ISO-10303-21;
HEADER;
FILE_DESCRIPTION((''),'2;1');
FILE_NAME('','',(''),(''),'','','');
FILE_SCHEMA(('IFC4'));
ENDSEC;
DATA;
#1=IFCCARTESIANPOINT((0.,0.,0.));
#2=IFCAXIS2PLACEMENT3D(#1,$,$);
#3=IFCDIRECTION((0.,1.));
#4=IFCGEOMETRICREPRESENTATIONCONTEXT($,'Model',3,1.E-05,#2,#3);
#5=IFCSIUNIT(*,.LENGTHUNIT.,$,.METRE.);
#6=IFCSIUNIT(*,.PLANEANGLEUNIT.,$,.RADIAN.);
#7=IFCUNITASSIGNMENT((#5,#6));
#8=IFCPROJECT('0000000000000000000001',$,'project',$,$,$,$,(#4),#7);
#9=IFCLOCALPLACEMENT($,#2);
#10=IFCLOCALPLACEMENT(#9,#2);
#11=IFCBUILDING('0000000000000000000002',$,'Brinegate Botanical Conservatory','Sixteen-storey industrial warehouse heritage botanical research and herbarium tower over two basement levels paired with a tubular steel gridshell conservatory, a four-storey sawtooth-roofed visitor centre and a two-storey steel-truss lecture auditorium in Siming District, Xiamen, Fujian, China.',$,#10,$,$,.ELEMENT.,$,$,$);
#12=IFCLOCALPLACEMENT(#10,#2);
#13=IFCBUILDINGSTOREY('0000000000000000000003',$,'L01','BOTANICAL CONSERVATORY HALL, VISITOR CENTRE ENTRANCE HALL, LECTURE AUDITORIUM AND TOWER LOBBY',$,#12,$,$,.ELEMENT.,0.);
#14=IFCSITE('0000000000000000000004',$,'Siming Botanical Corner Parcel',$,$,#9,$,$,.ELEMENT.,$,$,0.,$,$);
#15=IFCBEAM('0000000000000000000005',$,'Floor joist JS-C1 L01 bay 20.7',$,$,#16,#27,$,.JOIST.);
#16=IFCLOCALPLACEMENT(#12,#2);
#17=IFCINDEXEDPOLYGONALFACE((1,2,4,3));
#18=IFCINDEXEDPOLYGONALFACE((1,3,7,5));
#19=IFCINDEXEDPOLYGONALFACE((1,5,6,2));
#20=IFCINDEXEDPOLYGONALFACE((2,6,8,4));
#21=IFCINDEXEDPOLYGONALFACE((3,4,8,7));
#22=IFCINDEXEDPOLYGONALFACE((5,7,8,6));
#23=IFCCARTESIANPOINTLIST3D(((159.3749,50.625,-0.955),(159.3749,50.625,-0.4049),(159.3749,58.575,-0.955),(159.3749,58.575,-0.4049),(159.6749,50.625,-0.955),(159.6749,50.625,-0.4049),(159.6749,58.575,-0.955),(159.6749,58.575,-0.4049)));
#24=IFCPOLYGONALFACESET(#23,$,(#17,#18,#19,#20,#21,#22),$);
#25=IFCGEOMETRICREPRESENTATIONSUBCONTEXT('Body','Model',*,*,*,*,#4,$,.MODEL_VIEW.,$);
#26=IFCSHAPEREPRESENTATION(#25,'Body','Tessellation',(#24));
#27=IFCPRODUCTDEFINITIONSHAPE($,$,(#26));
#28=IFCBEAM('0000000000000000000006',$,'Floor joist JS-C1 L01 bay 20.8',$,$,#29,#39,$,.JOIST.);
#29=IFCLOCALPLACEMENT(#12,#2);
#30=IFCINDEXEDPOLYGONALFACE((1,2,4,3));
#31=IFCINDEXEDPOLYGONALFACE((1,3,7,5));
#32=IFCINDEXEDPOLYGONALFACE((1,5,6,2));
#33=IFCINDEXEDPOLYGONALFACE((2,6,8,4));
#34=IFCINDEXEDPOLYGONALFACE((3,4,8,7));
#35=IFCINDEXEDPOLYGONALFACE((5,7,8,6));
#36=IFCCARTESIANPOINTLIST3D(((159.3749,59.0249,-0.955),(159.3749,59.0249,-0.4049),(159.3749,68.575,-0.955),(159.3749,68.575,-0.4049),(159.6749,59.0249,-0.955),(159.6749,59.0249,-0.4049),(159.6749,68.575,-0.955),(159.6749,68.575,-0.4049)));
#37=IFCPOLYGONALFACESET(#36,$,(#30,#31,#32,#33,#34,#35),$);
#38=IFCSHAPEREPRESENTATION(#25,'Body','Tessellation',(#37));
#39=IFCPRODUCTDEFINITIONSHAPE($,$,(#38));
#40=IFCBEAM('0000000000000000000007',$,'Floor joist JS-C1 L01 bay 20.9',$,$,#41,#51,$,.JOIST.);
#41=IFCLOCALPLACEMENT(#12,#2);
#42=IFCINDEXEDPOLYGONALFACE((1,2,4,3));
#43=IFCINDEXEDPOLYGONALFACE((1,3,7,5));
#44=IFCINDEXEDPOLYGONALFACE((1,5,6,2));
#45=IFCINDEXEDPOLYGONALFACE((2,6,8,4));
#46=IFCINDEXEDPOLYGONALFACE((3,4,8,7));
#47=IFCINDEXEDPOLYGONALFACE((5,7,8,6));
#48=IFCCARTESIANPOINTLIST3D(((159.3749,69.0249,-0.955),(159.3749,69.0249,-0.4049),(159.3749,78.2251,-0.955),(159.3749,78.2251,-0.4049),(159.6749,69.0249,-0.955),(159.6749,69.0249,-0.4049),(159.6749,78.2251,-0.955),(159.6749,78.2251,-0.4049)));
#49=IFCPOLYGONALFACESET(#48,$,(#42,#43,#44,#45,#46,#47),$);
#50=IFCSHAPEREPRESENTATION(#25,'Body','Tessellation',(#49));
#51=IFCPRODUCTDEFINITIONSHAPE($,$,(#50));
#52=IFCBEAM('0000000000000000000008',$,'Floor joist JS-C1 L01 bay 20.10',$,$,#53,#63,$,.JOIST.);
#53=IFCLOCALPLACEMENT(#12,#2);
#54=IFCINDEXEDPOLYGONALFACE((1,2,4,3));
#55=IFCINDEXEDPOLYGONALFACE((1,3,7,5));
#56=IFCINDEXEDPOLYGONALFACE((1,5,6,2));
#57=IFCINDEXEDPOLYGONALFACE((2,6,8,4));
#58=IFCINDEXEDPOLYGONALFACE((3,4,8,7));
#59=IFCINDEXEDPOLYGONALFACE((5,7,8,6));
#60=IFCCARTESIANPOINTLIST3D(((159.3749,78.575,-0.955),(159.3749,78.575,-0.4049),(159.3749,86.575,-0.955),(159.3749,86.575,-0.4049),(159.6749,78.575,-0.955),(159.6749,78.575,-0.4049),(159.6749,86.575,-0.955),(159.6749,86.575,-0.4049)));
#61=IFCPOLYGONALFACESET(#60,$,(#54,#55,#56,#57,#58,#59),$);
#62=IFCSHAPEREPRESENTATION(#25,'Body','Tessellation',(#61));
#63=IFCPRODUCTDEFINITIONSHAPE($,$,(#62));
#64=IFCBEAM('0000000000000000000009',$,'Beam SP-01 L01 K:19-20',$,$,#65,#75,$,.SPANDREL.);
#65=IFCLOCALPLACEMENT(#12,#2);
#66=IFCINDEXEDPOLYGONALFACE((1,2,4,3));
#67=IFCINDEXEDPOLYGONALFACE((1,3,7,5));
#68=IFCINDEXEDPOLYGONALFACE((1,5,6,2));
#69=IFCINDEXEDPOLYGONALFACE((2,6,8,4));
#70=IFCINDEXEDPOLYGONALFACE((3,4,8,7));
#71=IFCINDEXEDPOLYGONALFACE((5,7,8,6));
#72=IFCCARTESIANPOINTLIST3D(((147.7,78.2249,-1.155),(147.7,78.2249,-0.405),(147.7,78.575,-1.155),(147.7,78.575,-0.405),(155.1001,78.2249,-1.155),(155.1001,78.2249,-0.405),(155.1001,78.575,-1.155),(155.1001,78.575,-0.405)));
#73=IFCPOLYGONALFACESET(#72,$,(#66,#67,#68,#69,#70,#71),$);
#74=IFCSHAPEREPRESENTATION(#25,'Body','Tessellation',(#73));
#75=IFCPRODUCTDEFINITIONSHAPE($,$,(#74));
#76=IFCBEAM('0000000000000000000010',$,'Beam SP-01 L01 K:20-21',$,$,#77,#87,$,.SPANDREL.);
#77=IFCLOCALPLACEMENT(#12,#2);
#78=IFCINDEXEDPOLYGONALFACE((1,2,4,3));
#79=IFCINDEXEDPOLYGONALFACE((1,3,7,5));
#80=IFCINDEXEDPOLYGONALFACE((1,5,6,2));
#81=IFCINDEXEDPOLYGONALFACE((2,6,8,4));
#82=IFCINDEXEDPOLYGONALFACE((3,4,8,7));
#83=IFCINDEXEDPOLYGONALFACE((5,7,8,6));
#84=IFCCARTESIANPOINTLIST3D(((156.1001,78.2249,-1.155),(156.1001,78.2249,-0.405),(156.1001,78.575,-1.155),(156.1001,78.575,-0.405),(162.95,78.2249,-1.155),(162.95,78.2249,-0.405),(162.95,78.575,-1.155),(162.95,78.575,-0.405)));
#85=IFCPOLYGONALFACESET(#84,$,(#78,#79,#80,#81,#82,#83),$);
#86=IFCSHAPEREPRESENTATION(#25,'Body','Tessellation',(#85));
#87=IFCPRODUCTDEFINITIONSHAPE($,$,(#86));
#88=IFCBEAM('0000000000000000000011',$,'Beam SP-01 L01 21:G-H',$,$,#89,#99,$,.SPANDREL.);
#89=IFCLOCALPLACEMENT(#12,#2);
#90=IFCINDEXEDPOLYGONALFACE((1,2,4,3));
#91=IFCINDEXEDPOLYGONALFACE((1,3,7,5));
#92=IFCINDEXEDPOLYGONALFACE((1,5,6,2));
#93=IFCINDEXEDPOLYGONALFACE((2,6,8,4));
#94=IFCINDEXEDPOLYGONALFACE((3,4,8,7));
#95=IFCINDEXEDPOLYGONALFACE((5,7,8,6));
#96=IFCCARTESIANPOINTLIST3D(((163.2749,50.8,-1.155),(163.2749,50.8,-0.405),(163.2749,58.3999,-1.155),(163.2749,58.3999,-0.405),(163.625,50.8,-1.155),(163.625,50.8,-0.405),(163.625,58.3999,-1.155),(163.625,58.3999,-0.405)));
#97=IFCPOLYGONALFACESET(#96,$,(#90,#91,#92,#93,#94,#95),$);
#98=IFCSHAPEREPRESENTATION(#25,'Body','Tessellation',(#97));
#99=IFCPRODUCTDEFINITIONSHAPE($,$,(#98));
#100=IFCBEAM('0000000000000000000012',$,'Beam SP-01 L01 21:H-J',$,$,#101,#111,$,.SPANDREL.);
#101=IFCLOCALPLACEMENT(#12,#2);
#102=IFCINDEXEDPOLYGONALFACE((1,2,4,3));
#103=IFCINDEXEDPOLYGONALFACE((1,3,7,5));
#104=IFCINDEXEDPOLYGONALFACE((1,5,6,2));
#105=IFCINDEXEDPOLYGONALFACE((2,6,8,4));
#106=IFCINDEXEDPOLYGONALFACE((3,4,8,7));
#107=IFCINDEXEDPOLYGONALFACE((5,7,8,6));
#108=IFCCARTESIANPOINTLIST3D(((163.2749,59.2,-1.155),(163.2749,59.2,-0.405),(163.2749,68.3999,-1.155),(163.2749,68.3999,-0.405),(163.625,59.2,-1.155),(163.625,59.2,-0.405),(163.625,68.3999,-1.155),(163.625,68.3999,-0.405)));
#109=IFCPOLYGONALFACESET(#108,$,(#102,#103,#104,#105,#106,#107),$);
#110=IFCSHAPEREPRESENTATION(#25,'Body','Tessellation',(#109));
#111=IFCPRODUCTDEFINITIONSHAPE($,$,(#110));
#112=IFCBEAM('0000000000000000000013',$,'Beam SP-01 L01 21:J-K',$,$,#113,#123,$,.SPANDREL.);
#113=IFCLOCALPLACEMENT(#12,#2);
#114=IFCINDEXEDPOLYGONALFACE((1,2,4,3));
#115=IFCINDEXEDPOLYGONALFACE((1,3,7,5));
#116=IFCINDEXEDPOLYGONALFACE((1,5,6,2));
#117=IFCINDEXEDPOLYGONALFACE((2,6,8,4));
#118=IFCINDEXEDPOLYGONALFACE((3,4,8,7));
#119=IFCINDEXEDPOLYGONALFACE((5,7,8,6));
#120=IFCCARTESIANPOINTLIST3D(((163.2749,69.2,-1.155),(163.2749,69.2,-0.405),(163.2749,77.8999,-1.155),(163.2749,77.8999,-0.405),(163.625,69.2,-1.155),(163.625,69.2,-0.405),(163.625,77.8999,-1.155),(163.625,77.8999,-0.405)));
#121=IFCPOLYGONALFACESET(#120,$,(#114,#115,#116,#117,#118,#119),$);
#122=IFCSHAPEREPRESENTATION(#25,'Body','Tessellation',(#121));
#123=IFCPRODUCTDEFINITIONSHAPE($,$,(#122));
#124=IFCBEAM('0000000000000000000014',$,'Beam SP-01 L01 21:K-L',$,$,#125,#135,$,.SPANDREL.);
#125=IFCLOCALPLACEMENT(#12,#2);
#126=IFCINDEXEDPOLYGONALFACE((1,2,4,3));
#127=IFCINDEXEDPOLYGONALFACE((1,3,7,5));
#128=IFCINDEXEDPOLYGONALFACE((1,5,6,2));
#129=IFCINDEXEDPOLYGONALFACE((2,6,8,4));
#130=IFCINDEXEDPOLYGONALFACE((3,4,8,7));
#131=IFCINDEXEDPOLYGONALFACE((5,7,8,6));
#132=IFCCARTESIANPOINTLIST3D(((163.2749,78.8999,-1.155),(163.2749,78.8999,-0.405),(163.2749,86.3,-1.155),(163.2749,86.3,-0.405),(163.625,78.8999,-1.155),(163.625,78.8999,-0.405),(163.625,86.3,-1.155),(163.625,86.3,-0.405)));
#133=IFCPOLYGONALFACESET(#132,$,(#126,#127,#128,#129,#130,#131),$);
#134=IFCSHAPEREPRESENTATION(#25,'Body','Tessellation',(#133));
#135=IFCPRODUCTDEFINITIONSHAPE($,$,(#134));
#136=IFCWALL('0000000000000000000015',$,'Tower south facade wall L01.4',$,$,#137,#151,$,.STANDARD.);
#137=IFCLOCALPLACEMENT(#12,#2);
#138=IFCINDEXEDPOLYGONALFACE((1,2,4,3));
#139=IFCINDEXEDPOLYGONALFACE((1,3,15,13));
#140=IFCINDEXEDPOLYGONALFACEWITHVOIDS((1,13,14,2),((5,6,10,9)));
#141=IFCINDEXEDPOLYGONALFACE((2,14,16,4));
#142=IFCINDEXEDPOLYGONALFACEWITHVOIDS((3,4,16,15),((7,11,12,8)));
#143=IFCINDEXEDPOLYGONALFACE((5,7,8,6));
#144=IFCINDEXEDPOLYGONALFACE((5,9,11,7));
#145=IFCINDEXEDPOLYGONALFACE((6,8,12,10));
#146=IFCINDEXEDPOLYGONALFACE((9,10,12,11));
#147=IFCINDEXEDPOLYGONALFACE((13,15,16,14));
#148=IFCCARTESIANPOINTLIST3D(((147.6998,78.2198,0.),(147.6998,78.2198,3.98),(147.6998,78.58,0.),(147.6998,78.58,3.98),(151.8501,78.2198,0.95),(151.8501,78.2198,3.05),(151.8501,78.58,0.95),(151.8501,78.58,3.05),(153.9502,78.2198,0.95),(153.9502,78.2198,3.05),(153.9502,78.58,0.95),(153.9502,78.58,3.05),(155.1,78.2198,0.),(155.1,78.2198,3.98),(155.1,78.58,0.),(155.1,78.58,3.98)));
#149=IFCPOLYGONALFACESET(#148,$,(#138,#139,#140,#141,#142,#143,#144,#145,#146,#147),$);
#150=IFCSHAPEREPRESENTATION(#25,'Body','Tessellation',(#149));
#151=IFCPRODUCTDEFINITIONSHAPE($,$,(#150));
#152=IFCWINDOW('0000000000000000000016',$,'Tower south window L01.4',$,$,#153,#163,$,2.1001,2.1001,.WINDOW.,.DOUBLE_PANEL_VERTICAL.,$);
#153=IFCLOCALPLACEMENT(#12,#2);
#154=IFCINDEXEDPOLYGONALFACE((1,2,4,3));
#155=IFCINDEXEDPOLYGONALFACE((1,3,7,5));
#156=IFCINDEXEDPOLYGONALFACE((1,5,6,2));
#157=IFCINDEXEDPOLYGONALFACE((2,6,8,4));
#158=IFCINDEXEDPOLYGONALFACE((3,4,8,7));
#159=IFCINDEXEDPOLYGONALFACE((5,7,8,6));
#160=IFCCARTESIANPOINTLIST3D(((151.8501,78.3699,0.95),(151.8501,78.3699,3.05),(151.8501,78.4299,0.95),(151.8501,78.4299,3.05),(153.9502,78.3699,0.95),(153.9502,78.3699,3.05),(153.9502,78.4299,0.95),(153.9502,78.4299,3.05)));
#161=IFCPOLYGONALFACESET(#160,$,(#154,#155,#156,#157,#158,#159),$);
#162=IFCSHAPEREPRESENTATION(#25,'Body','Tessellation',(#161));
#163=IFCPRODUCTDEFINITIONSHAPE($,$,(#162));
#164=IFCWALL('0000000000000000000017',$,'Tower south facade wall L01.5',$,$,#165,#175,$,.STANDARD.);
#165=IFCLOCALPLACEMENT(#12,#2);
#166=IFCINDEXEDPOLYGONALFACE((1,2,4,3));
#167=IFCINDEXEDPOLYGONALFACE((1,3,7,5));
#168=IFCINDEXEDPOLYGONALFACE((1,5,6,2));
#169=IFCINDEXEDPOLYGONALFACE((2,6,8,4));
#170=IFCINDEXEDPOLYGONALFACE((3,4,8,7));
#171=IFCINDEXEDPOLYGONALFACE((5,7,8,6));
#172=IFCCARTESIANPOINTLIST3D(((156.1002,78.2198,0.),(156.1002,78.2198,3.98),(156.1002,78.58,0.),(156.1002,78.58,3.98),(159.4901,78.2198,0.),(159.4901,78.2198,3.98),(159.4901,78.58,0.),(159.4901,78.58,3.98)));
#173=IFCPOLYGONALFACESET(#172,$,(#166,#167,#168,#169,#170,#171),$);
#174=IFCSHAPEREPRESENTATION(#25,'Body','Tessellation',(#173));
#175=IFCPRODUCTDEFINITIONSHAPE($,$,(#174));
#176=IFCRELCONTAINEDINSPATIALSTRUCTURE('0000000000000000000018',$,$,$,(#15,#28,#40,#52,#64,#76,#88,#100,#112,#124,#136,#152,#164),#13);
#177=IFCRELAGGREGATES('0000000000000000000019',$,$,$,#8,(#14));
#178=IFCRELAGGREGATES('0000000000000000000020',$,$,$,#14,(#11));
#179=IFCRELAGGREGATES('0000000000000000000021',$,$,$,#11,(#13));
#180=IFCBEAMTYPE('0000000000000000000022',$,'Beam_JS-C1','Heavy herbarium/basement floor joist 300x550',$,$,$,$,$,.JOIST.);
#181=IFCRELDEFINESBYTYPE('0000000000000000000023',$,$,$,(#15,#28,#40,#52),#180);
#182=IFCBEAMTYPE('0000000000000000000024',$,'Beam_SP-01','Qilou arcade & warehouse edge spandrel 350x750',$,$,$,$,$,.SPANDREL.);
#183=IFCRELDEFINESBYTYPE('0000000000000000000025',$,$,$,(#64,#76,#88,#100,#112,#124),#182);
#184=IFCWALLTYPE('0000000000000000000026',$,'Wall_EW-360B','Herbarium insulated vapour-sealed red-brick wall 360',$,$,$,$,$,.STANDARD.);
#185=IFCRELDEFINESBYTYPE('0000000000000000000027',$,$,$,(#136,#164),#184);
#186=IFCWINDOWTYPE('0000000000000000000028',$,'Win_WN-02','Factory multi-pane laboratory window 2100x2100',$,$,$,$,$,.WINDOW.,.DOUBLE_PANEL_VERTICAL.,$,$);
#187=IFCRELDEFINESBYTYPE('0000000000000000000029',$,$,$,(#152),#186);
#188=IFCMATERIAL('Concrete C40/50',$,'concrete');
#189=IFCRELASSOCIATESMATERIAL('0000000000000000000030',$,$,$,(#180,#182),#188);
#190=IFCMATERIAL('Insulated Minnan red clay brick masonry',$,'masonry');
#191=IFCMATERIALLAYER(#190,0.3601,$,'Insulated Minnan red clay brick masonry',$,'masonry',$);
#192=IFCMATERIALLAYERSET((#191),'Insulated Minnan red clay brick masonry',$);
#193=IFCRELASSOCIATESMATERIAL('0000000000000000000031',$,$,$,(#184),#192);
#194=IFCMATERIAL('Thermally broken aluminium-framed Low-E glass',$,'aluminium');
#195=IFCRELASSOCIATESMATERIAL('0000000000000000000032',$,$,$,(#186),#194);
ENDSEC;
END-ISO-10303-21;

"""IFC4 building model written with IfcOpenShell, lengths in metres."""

from ifc_helpers import new_model, si_unit, direction, frame, frame_2d, origin, origin_2d, place, context, subcontext, project, spatial, rectangle, extrude, material, layer, layer_set, material_profile, profile_set, type_object, element, fill, save


model = new_model("IFC4")

# Units and contexts
model_context = context("Model", 3, precision=1e-05, world=origin(), true_north=direction((0.0, 1.0)))
body_context = subcontext(model_context, "Body", "Model", "MODEL_VIEW")
ifc_project = project(units=[si_unit("LENGTHUNIT", "METRE"), si_unit("PLANEANGLEUNIT", "RADIAN")], contexts=[model_context])

# Site, building, storey
site_placement = place(None, origin())
site = spatial("IfcSite", under=ifc_project, at=site_placement, Name="Siming Botanical Corner Parcel", CompositionType="ELEMENT", RefElevation=0.0)
building_placement = place(site_placement, origin())
building = spatial("IfcBuilding", under=site, at=building_placement, Name="Brinegate Botanical Conservatory", Description="Sixteen-storey industrial warehouse heritage botanical research and herbarium tower over two basement levels paired with a tubular steel gridshell conservatory, a four-storey sawtooth-roofed visitor centre and a two-storey steel-truss lecture auditorium in Siming District, Xiamen, Fujian, China.", CompositionType="ELEMENT")
storey_placement = place(building_placement, origin())
storey = spatial("IfcBuildingStorey", under=building, at=storey_placement, Name="L01", Description="BOTANICAL CONSERVATORY HALL, VISITOR CENTRE ENTRANCE HALL, LECTURE AUDITORIUM AND TOWER LOBBY", CompositionType="ELEMENT", Elevation=0.0)

# Shared definitions
ifc_material_1 = material(Name="Concrete C40/50", Category="concrete")

# Beams
ifc_material_profile_1 = material_profile(ifc_material_1, rectangle(XDim=0.3, YDim=0.55, at=origin_2d()), Name="RC JST 300x550")
ifc_profile_set_1 = profile_set([ifc_material_profile_1], Name="Concrete C40/50")
beam_type_1 = type_object("IfcBeamType", Name="Beam_JS-C1", Description="Heavy herbarium/basement floor joist 300x550", PredefinedType="JOIST", material=ifc_profile_set_1)
beam_1_placement = place(storey_placement, frame((159.5249, 50.625, -0.6799), z_axis=(0.0, 1.0, 0.0), x_axis=(-1.0, 0.0, 0.0)))
element("IfcBeam", 1, at=beam_1_placement, inside=storey, type_object=beam_type_1, Name="Floor joist JS-C1 L01 bay 20.7", PredefinedType="JOIST", context=body_context, shape_type="SweptSolid", body=[
    extrude(rectangle(XDim=0.3, YDim=0.55, at=origin_2d()), origin(), (0.0, 0.0, 1.0), 7.95),
])
beam_2_placement = place(storey_placement, frame((159.5249, 59.0249, -0.6799), z_axis=(0.0, 1.0, 0.0), x_axis=(-1.0, 0.0, 0.0)))
element("IfcBeam", 2, at=beam_2_placement, inside=storey, type_object=beam_type_1, Name="Floor joist JS-C1 L01 bay 20.8", PredefinedType="JOIST", context=body_context, shape_type="SweptSolid", body=[
    extrude(rectangle(XDim=0.3, YDim=0.55, at=origin_2d()), origin(), (0.0, 0.0, 1.0), 9.55),
])
beam_3_placement = place(storey_placement, frame((159.5249, 69.0249, -0.6799), z_axis=(0.0, 1.0, 0.0), x_axis=(-1.0, 0.0, 0.0)))
element("IfcBeam", 3, at=beam_3_placement, inside=storey, type_object=beam_type_1, Name="Floor joist JS-C1 L01 bay 20.9", PredefinedType="JOIST", context=body_context, shape_type="SweptSolid", body=[
    extrude(rectangle(XDim=0.3, YDim=0.55, at=origin_2d()), origin(), (0.0, 0.0, 1.0), 9.2002),
])
beam_4_placement = place(storey_placement, frame((159.5249, 78.575, -0.6799), z_axis=(0.0, 1.0, 0.0), x_axis=(-1.0, 0.0, 0.0)))
element("IfcBeam", 4, at=beam_4_placement, inside=storey, type_object=beam_type_1, Name="Floor joist JS-C1 L01 bay 20.10", PredefinedType="JOIST", context=body_context, shape_type="SweptSolid", body=[
    extrude(rectangle(XDim=0.3, YDim=0.55, at=origin_2d()), origin(), (0.0, 0.0, 1.0), 8.0),
])
ifc_material_profile_2 = material_profile(ifc_material_1, rectangle(XDim=0.3501, YDim=0.75, at=origin_2d()), Name="RC SPN 350x750")
ifc_profile_set_2 = profile_set([ifc_material_profile_2], Name="Concrete C40/50")
beam_type_2 = type_object("IfcBeamType", Name="Beam_SP-01", Description="Qilou arcade & warehouse edge spandrel 350x750", PredefinedType="SPANDREL", material=ifc_profile_set_2)
beam_5_placement = place(storey_placement, frame((147.7, 78.3999, -0.78), z_axis=(1.0, 0.0, 0.0), x_axis=(0.0, 1.0, 0.0)))
element("IfcBeam", 5, at=beam_5_placement, inside=storey, type_object=beam_type_2, Name="Beam SP-01 L01 K:19-20", PredefinedType="SPANDREL", context=body_context, shape_type="SweptSolid", body=[
    extrude(rectangle(XDim=0.3501, YDim=0.75, at=origin_2d()), origin(), (0.0, 0.0, 1.0), 7.4001),
])
beam_6_placement = place(storey_placement, frame((156.1001, 78.3999, -0.78), z_axis=(1.0, 0.0, 0.0), x_axis=(0.0, 1.0, 0.0)))
element("IfcBeam", 6, at=beam_6_placement, inside=storey, type_object=beam_type_2, Name="Beam SP-01 L01 K:20-21", PredefinedType="SPANDREL", context=body_context, shape_type="SweptSolid", body=[
    extrude(rectangle(XDim=0.3501, YDim=0.75, at=origin_2d()), origin(), (0.0, 0.0, 1.0), 6.8499),
])
beam_7_placement = place(storey_placement, frame((163.45, 50.8, -0.78), z_axis=(0.0, 1.0, 0.0), x_axis=(-1.0, 0.0, 0.0)))
element("IfcBeam", 7, at=beam_7_placement, inside=storey, type_object=beam_type_2, Name="Beam SP-01 L01 21:G-H", PredefinedType="SPANDREL", context=body_context, shape_type="SweptSolid", body=[
    extrude(rectangle(XDim=0.3501, YDim=0.75, at=origin_2d()), origin(), (0.0, 0.0, 1.0), 7.5999),
])
beam_8_placement = place(storey_placement, frame((163.45, 59.2, -0.78), z_axis=(0.0, 1.0, 0.0), x_axis=(-1.0, 0.0, 0.0)))
element("IfcBeam", 8, at=beam_8_placement, inside=storey, type_object=beam_type_2, Name="Beam SP-01 L01 21:H-J", PredefinedType="SPANDREL", context=body_context, shape_type="SweptSolid", body=[
    extrude(rectangle(XDim=0.3501, YDim=0.75, at=origin_2d()), origin(), (0.0, 0.0, 1.0), 9.2),
])
beam_9_placement = place(storey_placement, frame((163.45, 69.2, -0.78), z_axis=(0.0, 1.0, 0.0), x_axis=(-1.0, 0.0, 0.0)))
element("IfcBeam", 9, at=beam_9_placement, inside=storey, type_object=beam_type_2, Name="Beam SP-01 L01 21:J-K", PredefinedType="SPANDREL", context=body_context, shape_type="SweptSolid", body=[
    extrude(rectangle(XDim=0.3501, YDim=0.75, at=origin_2d()), origin(), (0.0, 0.0, 1.0), 8.7),
])
beam_10_placement = place(storey_placement, frame((163.45, 78.8999, -0.78), z_axis=(0.0, 1.0, 0.0), x_axis=(-1.0, 0.0, 0.0)))
element("IfcBeam", 10, at=beam_10_placement, inside=storey, type_object=beam_type_2, Name="Beam SP-01 L01 21:K-L", PredefinedType="SPANDREL", context=body_context, shape_type="SweptSolid", body=[
    extrude(rectangle(XDim=0.3501, YDim=0.75, at=origin_2d()), origin(), (0.0, 0.0, 1.0), 7.4001),
])

# Wall, opening, window
ifc_material_2 = material(Name="Insulated Minnan red clay brick masonry", Category="masonry")
ifc_layer_1 = layer(ifc_material_2, 0.3601, Name="Insulated Minnan red clay brick masonry", Category="masonry")
ifc_layer_set_1 = layer_set([ifc_layer_1], Name="Insulated Minnan red clay brick masonry")
wall_type_1 = type_object("IfcWallType", Name="Wall_EW-360B", Description="Herbarium insulated vapour-sealed red-brick wall 360", PredefinedType="STANDARD", material=ifc_layer_set_1)
wall_1_placement = place(storey_placement, frame((155.1001, 78.3999, 0.0), z_axis=(0.0, 0.0, 1.0), x_axis=(-1.0, 0.0, 0.0)))
wall_1 = element("IfcWall", 11, at=wall_1_placement, inside=storey, type_object=wall_type_1, Name="Tower south facade wall L01.4", PredefinedType="STANDARD", context=body_context, shape_type="SweptSolid", body=[
    extrude(rectangle(XDim=7.4001, YDim=0.3601, at=frame_2d((3.7002, 0.0))), origin(), (0.0, 0.0, 1.0), 3.98),
])
opening_placement = place(wall_1_placement, frame((1.1499, 0.0, 0.95)))
opening = element("IfcOpeningElement", 12, at=opening_placement, cuts=wall_1, PredefinedType="OPENING", context=body_context, shape_type="SweptSolid", body=[
    extrude(rectangle(XDim=2.1001, YDim=2.1001, at=frame_2d((1.05, 1.05))), frame((0.0, 0.1899, 0.0), z_axis=(0.0, -1.0, 0.0), x_axis=(1.0, 0.0, 0.0)), (0.0, 0.0, 1.0), 0.3801),
])
ifc_material_3 = material(Name="Thermally broken aluminium-framed Low-E glass", Category="aluminium")
window_type = type_object("IfcWindowType", Name="Win_WN-02", Description="Factory multi-pane laboratory window 2100x2100", PartitioningType="DOUBLE_PANEL_VERTICAL", PredefinedType="WINDOW", material=ifc_material_3)
window_placement = place(opening_placement, origin())
window = element("IfcWindow", 13, at=window_placement, inside=storey, type_object=window_type, Name="Tower south window L01.4", OverallHeight=2.1001, OverallWidth=2.1001, PartitioningType="DOUBLE_PANEL_VERTICAL", PredefinedType="WINDOW", context=body_context, shape_type="SweptSolid", body=[
    extrude(rectangle(XDim=2.1001, YDim=2.1001, at=frame_2d((1.05, 1.05))), frame((0.0, 0.03, 0.0), z_axis=(0.0, -1.0, 0.0), x_axis=(1.0, 0.0, 0.0)), (0.0, 0.0, 1.0), 0.0601),
])
fill(opening, window)

# Wall
wall_2_placement = place(storey_placement, frame((159.49, 78.3999, 0.0), z_axis=(0.0, 0.0, 1.0), x_axis=(-1.0, 0.0, 0.0)))
element("IfcWall", 14, at=wall_2_placement, inside=storey, type_object=wall_type_1, Name="Tower south facade wall L01.5", PredefinedType="STANDARD", context=body_context, shape_type="SweptSolid", body=[
    extrude(rectangle(XDim=3.3899, YDim=0.3601, at=frame_2d((1.6948, 0.0))), origin(), (0.0, 0.0, 1.0), 3.98),
])

save(model, "model.ifc")
